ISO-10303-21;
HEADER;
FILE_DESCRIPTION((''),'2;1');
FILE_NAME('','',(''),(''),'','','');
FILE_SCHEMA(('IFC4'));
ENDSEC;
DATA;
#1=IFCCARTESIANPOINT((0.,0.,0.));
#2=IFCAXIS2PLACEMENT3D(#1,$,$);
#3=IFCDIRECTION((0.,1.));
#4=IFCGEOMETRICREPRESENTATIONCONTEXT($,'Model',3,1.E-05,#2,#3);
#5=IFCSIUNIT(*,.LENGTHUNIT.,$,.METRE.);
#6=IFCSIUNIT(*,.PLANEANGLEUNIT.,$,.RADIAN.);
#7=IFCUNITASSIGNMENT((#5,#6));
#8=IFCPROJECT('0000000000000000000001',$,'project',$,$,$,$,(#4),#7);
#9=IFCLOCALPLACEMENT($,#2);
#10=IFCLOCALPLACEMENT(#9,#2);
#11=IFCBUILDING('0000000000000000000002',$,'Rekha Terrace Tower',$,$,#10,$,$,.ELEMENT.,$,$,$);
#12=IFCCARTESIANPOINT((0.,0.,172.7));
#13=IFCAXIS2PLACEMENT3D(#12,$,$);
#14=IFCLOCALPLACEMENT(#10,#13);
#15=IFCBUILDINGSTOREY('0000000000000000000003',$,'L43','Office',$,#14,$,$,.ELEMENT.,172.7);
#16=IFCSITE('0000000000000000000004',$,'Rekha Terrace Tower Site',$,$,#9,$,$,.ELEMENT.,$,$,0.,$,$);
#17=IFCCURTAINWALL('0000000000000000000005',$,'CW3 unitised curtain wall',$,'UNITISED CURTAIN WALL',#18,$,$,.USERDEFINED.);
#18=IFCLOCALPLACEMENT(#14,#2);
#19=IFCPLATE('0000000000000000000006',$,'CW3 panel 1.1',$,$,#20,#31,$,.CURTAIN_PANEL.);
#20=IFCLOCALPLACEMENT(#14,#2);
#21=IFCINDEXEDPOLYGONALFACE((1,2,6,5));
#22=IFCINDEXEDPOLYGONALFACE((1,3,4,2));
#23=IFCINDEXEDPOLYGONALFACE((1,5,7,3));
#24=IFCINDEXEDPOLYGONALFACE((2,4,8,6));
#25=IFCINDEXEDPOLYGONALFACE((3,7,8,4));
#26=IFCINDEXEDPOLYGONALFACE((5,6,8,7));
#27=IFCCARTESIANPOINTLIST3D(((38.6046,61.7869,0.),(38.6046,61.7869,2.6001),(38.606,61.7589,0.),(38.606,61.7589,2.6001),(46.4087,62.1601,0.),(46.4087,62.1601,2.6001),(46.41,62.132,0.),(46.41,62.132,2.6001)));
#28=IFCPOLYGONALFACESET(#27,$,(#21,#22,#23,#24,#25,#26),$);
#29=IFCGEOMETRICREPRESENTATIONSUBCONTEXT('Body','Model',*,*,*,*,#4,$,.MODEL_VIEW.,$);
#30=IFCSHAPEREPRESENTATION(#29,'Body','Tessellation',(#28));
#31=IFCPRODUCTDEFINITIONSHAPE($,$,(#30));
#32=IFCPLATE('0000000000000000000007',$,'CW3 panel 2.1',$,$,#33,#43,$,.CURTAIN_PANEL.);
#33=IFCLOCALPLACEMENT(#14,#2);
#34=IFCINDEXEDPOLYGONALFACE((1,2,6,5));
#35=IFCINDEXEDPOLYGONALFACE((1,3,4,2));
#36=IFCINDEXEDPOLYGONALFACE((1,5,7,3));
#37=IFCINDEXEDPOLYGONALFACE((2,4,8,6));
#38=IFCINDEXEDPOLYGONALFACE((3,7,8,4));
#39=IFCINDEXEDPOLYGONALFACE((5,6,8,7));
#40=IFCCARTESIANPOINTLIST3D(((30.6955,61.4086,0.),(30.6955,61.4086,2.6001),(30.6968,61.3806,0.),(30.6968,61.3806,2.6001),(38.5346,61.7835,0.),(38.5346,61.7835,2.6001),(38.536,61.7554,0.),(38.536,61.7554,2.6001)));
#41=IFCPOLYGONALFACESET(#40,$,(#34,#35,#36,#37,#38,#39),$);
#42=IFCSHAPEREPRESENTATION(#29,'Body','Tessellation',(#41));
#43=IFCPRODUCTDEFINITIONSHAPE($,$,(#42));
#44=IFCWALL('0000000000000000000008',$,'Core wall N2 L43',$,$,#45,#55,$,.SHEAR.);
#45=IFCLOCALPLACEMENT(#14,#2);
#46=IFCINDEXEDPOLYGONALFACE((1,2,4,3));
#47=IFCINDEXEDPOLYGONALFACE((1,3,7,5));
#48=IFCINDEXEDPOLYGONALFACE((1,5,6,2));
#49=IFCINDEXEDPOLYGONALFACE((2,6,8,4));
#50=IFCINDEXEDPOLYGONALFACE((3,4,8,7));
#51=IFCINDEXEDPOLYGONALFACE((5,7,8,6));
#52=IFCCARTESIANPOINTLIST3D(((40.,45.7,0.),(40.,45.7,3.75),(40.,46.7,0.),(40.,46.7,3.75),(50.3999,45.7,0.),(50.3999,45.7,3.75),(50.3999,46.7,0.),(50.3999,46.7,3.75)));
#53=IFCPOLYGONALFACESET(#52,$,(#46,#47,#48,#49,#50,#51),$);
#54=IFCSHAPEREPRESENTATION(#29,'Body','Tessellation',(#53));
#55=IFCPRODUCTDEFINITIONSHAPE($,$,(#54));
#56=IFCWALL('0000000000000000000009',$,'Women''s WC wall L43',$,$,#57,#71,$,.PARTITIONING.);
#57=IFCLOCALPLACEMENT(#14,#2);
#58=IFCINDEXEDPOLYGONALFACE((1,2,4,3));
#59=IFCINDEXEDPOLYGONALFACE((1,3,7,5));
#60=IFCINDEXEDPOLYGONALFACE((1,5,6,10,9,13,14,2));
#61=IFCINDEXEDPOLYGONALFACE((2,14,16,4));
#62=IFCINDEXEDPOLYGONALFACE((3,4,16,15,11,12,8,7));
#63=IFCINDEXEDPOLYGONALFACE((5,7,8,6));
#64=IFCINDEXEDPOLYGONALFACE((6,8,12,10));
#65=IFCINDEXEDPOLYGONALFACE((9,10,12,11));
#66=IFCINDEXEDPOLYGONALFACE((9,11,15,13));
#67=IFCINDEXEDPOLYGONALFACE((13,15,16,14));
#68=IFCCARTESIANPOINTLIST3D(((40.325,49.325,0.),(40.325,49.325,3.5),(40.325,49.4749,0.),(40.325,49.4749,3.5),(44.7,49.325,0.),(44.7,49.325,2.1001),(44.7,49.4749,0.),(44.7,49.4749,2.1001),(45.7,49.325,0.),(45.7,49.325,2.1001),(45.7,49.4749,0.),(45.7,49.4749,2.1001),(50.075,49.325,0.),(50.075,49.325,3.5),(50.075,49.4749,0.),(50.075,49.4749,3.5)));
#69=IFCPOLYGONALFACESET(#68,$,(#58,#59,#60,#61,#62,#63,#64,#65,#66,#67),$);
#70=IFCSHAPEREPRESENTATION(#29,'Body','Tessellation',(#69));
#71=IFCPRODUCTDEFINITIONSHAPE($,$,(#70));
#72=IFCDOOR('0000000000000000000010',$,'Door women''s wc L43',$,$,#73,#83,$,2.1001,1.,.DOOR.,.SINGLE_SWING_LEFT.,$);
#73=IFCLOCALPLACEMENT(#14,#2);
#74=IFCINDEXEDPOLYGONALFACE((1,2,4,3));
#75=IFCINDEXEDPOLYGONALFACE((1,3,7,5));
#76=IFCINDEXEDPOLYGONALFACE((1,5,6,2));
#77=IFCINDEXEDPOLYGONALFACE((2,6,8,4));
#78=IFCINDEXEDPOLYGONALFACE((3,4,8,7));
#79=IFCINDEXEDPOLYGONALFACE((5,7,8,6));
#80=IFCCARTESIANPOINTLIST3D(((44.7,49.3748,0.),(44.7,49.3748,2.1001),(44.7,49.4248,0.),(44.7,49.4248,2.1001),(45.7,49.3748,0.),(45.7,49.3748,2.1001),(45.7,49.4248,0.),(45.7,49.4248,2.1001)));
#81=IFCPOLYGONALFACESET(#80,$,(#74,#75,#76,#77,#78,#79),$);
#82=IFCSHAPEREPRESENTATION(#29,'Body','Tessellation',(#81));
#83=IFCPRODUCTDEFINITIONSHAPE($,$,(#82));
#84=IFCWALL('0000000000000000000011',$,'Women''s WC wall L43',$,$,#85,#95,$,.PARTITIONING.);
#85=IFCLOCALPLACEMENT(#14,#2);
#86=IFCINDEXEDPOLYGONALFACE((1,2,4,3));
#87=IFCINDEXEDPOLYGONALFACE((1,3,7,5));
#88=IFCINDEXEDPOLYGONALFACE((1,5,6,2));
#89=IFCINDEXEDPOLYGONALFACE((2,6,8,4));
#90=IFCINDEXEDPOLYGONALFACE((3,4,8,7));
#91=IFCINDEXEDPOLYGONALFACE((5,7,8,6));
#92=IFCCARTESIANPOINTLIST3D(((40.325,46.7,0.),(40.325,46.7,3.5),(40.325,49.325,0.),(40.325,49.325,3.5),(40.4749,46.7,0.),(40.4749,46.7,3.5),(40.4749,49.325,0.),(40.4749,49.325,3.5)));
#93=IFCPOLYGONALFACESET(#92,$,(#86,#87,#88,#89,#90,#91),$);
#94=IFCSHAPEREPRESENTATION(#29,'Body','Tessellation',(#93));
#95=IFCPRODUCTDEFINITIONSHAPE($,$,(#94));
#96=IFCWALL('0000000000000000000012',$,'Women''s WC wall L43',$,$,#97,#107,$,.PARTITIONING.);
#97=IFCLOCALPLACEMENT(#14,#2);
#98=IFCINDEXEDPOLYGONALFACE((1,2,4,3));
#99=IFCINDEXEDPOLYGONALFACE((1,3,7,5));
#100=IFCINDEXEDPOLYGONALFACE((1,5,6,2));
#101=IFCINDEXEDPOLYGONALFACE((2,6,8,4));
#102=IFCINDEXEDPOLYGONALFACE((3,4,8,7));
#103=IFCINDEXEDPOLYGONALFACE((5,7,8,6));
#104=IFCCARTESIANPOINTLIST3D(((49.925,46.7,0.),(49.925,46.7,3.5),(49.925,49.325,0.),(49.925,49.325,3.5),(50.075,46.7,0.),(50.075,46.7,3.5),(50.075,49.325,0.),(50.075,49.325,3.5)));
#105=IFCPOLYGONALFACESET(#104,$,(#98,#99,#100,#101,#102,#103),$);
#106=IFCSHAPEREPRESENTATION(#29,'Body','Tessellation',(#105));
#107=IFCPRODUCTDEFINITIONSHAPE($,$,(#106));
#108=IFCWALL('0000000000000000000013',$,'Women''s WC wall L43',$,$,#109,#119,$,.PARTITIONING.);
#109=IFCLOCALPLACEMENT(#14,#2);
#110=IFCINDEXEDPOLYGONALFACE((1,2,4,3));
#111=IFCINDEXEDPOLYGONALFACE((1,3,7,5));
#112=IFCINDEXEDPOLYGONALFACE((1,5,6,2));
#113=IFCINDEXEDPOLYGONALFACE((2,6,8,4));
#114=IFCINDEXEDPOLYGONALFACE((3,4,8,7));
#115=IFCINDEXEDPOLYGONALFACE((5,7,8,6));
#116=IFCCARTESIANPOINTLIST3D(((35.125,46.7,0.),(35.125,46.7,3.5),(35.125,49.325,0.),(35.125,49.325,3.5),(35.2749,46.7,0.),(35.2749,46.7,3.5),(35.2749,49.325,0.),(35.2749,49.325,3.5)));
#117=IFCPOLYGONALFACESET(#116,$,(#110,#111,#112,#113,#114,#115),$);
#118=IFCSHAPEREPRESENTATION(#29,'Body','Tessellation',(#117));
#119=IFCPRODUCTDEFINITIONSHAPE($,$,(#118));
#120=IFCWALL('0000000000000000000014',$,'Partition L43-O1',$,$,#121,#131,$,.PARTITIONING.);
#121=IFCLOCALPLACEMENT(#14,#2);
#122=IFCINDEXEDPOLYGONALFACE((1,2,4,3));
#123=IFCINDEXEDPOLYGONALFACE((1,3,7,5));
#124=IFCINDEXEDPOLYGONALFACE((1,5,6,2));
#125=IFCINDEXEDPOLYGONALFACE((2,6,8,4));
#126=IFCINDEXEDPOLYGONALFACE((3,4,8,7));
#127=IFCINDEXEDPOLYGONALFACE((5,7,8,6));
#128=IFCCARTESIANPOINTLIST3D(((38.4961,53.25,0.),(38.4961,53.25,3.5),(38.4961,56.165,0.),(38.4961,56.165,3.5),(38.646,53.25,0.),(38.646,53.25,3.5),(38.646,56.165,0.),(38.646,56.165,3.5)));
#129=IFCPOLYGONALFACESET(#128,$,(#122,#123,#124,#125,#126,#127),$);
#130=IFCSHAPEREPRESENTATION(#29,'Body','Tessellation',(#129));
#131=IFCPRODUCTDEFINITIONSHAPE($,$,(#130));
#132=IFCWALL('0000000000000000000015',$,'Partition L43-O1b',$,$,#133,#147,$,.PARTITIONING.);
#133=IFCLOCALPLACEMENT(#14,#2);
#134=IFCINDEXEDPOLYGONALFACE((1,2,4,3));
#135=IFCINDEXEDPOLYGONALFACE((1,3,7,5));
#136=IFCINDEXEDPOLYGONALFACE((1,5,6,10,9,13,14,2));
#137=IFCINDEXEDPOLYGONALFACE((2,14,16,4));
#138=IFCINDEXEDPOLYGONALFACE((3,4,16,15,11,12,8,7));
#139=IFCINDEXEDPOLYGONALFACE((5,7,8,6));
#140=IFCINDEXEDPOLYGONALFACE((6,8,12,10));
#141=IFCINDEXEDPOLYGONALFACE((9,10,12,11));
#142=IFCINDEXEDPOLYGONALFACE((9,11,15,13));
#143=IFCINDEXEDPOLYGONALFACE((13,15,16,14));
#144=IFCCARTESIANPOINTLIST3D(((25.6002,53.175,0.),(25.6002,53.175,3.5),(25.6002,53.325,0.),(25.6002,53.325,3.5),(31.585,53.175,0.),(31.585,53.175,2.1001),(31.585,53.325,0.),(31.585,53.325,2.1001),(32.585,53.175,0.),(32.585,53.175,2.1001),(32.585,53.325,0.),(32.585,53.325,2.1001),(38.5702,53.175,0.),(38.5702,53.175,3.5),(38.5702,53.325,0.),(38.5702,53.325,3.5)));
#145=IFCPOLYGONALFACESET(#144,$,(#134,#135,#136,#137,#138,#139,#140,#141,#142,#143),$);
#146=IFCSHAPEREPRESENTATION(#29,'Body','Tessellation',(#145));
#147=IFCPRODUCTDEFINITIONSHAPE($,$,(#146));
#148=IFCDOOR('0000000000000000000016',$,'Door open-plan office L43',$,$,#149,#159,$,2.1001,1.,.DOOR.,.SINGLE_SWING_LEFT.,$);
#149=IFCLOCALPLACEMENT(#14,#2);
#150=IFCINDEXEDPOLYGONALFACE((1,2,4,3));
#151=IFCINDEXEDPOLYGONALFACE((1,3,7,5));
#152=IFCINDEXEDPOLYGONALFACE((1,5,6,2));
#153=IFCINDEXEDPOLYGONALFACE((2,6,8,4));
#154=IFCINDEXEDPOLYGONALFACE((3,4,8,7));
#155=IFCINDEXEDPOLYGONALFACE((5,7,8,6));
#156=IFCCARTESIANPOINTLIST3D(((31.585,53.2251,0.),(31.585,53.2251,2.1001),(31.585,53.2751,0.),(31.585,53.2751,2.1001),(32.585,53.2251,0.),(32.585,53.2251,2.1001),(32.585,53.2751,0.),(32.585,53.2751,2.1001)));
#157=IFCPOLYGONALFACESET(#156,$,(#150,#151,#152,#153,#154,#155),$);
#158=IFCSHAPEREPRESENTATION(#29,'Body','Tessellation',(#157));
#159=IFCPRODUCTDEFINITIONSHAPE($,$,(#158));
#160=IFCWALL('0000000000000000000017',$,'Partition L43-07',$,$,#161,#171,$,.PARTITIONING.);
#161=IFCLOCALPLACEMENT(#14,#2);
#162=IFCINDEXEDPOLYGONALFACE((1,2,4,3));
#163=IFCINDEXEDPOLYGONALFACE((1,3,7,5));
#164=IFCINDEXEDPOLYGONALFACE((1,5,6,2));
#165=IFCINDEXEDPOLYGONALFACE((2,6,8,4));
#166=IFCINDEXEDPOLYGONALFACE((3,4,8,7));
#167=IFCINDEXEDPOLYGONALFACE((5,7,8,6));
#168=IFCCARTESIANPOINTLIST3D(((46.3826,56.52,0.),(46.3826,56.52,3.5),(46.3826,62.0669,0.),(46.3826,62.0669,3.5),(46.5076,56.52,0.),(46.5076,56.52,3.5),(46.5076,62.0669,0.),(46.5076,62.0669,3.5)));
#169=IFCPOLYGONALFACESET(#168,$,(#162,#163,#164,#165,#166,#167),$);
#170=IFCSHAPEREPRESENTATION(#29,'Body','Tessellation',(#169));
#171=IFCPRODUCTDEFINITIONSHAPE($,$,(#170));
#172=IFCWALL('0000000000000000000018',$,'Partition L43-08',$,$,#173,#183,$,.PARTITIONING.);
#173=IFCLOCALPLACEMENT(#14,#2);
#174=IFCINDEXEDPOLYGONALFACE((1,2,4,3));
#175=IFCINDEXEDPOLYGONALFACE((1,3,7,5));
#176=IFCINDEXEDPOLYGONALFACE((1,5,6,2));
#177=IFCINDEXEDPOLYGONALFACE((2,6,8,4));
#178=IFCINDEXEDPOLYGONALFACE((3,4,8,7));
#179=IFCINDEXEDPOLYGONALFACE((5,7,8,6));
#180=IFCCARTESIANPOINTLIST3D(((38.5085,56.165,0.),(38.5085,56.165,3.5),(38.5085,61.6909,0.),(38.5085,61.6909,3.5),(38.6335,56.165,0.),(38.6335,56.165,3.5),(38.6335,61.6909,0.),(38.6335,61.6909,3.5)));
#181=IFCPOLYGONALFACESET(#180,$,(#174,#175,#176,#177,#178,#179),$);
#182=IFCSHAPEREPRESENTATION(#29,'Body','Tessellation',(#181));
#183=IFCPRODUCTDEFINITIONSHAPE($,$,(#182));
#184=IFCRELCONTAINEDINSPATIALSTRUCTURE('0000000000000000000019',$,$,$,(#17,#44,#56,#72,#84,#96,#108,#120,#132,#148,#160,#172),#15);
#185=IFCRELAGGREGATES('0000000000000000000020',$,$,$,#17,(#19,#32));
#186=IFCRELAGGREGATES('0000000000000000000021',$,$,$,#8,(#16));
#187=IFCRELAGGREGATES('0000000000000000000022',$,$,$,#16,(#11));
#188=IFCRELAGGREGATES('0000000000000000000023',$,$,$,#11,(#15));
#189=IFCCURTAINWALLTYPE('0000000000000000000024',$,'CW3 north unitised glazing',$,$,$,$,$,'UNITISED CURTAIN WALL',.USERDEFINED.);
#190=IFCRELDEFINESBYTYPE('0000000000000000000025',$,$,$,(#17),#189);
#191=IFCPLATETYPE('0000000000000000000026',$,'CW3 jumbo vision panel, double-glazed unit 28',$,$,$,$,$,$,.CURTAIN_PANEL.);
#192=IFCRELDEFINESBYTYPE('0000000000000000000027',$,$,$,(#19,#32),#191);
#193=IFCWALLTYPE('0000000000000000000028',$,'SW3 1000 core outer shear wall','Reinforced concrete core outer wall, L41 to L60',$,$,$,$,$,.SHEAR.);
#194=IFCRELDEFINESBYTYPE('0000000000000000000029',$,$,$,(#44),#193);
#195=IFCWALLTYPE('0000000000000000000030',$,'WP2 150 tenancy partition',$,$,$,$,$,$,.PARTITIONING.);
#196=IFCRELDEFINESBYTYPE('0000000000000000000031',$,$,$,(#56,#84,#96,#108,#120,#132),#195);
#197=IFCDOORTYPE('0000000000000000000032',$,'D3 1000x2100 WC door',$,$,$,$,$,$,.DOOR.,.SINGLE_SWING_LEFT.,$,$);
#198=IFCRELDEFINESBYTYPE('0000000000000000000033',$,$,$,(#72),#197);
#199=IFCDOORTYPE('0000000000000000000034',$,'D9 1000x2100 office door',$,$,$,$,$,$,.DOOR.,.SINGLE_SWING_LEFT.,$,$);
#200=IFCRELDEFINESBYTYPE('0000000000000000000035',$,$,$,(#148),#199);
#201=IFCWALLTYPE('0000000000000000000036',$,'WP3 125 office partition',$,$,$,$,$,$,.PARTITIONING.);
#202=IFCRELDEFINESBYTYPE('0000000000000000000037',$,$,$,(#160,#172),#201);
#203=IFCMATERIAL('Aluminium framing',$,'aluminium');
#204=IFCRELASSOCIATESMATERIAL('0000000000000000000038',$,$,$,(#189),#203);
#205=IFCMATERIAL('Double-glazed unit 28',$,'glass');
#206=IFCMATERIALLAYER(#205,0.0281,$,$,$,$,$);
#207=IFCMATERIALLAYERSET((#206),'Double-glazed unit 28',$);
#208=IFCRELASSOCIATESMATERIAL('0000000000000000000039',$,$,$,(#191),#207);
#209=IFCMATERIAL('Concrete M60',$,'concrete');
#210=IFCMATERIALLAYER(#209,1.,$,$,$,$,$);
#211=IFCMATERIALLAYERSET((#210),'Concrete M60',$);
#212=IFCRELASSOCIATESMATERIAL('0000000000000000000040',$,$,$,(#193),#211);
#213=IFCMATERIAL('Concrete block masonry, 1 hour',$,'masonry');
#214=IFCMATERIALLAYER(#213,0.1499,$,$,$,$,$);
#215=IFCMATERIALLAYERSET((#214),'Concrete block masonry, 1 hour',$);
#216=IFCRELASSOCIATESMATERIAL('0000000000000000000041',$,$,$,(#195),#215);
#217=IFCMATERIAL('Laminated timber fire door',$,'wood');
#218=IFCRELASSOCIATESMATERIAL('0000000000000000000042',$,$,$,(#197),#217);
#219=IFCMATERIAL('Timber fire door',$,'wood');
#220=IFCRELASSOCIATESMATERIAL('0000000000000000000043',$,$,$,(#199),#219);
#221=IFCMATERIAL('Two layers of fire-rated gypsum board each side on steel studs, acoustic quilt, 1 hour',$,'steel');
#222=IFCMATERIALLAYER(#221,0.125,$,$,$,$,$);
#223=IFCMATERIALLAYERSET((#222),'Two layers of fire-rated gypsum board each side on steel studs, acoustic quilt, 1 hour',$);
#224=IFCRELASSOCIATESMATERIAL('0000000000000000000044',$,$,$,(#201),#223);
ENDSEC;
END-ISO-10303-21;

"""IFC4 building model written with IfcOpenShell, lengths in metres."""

from ifc_helpers import new_model, si_unit, direction, frame, frame_2d, origin, origin_2d, place, context, subcontext, project, spatial, rectangle, extrude, material, layer, layer_set, type_object, element, fill, aggregate, save


model = new_model("IFC4")

# Units and contexts
model_context = context("Model", 3, precision=1e-05, world=origin(), true_north=direction((0.0, 1.0)))
body_context = subcontext(model_context, "Body", "Model", "MODEL_VIEW")
ifc_project = project(units=[si_unit("LENGTHUNIT", "METRE"), si_unit("PLANEANGLEUNIT", "RADIAN")], contexts=[model_context])

# Site, building, storey
site_placement = place(None, origin())
site = spatial("IfcSite", under=ifc_project, at=site_placement, Name="Rekha Terrace Tower Site", CompositionType="ELEMENT", RefElevation=0.0)
building_placement = place(site_placement, origin())
building = spatial("IfcBuilding", under=site, at=building_placement, Name="Rekha Terrace Tower", CompositionType="ELEMENT")
storey_placement = place(building_placement, frame((0.0, 0.0, 172.7)))
storey = spatial("IfcBuildingStorey", under=building, at=storey_placement, Name="L43", Description="Office", CompositionType="ELEMENT", Elevation=172.7)

# Curtain wall
ifc_material_1 = material(Name="Aluminium framing", Category="aluminium")
curtain_wall_type = type_object("IfcCurtainWallType", Name="CW3 north unitised glazing", ElementType="UNITISED CURTAIN WALL", PredefinedType="USERDEFINED", material=ifc_material_1)
curtain_wall_1_placement = place(storey_placement, origin())
curtain_wall_1 = element("IfcCurtainWall", 1, at=curtain_wall_1_placement, inside=storey, type_object=curtain_wall_type, Name="CW3 unitised curtain wall", ObjectType="UNITISED CURTAIN WALL", PredefinedType="USERDEFINED")

# Shared definitions
ifc_material_2 = material(Name="Concrete M60", Category="concrete")

# Shared definitions
ifc_material_3 = material(Name="Double-glazed unit 28", Category="glass")
ifc_layer_1 = layer(ifc_material_3, 0.0281)
ifc_layer_set_1 = layer_set([ifc_layer_1], Name="Double-glazed unit 28")
plate_type_1 = type_object("IfcPlateType", Name="CW3 jumbo vision panel, double-glazed unit 28", PredefinedType="CURTAIN_PANEL", material=ifc_layer_set_1)

# Plates
plate_1_placement = place(storey_placement, frame((42.5073, 61.9595, 0.0), z_axis=(0.0, 0.0, 1.0), x_axis=(-0.998859, -0.047759, 0.0)))
plate_1 = element("IfcPlate", 2, at=plate_1_placement, type_object=plate_type_1, Name="CW3 panel 1.1", PredefinedType="CURTAIN_PANEL", context=body_context, shape_type="SweptSolid", body=[
    extrude(rectangle(XDim=7.813, YDim=0.0281, at=origin_2d()), origin(), (0.0, 0.0, 1.0), 2.6001),
])
plate_2_placement = place(storey_placement, frame((34.6157, 61.582, 0.0), z_axis=(0.0, 0.0, 1.0), x_axis=(-0.998859, -0.047759, 0.0)))
plate_2 = element("IfcPlate", 3, at=plate_2_placement, type_object=plate_type_1, Name="CW3 panel 2.1", PredefinedType="CURTAIN_PANEL", context=body_context, shape_type="SweptSolid", body=[
    extrude(rectangle(XDim=7.8481, YDim=0.0281, at=origin_2d()), origin(), (0.0, 0.0, 1.0), 2.6001),
])
aggregate(curtain_wall_1, [plate_1, plate_2])

# Wall
ifc_layer_2 = layer(ifc_material_2, 1.0)
ifc_layer_set_2 = layer_set([ifc_layer_2], Name="Concrete M60")
wall_type_1 = type_object("IfcWallType", Name="SW3 1000 core outer shear wall", Description="Reinforced concrete core outer wall, L41 to L60", PredefinedType="SHEAR", material=ifc_layer_set_2)
wall_1_placement = place(storey_placement, frame((40.0, 46.2, 0.0), z_axis=(0.0, 0.0, 1.0), x_axis=(1.0, 0.0, 0.0)))
element("IfcWall", 4, at=wall_1_placement, inside=storey, type_object=wall_type_1, Name="Core wall N2 L43", PredefinedType="SHEAR", context=body_context, shape_type="SweptSolid", body=[
    extrude(rectangle(XDim=10.3999, YDim=1.0, at=frame_2d((5.2, 0.0))), origin(), (0.0, 0.0, 1.0), 3.75),
])

# Wall, opening, door
ifc_material_4 = material(Name="Concrete block masonry, 1 hour", Category="masonry")
ifc_layer_3 = layer(ifc_material_4, 0.1499)
ifc_layer_set_3 = layer_set([ifc_layer_3], Name="Concrete block masonry, 1 hour")
wall_type_2 = type_object("IfcWallType", Name="WP2 150 tenancy partition", PredefinedType="PARTITIONING", material=ifc_layer_set_3)
wall_2_placement = place(storey_placement, frame((40.325, 49.3999, 0.0), z_axis=(0.0, 0.0, 1.0), x_axis=(1.0, 0.0, 0.0)))
wall_2 = element("IfcWall", 5, at=wall_2_placement, inside=storey, type_object=wall_type_2, Name="Women's WC wall L43", PredefinedType="PARTITIONING", context=body_context, shape_type="SweptSolid", body=[
    extrude(rectangle(XDim=9.75, YDim=0.1499, at=frame_2d((4.875, 0.0))), origin(), (0.0, 0.0, 1.0), 3.5),
])
opening_1_placement = place(wall_2_placement, frame((4.375, 0.0, 0.0)))
opening_1 = element("IfcOpeningElement", 6, at=opening_1_placement, cuts=wall_2, PredefinedType="OPENING", context=body_context, shape_type="SweptSolid", body=[
    extrude(rectangle(XDim=1.0, YDim=2.1001, at=frame_2d((0.5, 1.05))), frame((0.0, 0.085, 0.0), z_axis=(0.0, -1.0, 0.0), x_axis=(1.0, 0.0, 0.0)), (0.0, 0.0, 1.0), 0.1699),
])
ifc_material_5 = material(Name="Laminated timber fire door", Category="wood")
door_type_1 = type_object("IfcDoorType", Name="D3 1000x2100 WC door", OperationType="SINGLE_SWING_LEFT", PredefinedType="DOOR", material=ifc_material_5)
door_1_placement = place(opening_1_placement, origin())
door_1 = element("IfcDoor", 7, at=door_1_placement, inside=storey, type_object=door_type_1, Name="Door women's wc L43", OperationType="SINGLE_SWING_LEFT", OverallHeight=2.1001, OverallWidth=1.0, PredefinedType="DOOR", context=body_context, shape_type="SweptSolid", body=[
    extrude(rectangle(XDim=1.0, YDim=2.1001, at=frame_2d((0.5, 1.05))), frame((0.0, 0.0249, 0.0), z_axis=(0.0, -1.0, 0.0), x_axis=(1.0, 0.0, 0.0)), (0.0, 0.0, 1.0), 0.05),
])
fill(opening_1, door_1)

# Walls
for number, where, z_axis, x_axis, name in (
    (8, (40.3999, 46.7, 0.0), (0.0, 0.0, 1.0), (0.0, 1.0, 0.0), "Women's WC wall L43"),
    (9, (50.0, 46.7, 0.0), (0.0, 0.0, 1.0), (0.0, 1.0, 0.0), "Women's WC wall L43"),
    (10, (35.2, 46.7, 0.0), (0.0, 0.0, 1.0), (0.0, 1.0, 0.0), "Women's WC wall L43"),
):
    element("IfcWall", number, at=place(storey_placement, frame(where, z_axis=z_axis, x_axis=x_axis)), inside=storey, type_object=wall_type_2, Name=name, PredefinedType="PARTITIONING", context=body_context, shape_type="SweptSolid", body=[
        extrude(rectangle(XDim=2.625, YDim=0.1499, at=frame_2d((1.3125, 0.0))), origin(), (0.0, 0.0, 1.0), 3.5),
    ])
wall_3_placement = place(storey_placement, frame((38.571, 53.25, 0.0), z_axis=(0.0, 0.0, 1.0), x_axis=(0.0, 1.0, 0.0)))
element("IfcWall", 11, at=wall_3_placement, inside=storey, type_object=wall_type_2, Name="Partition L43-O1", PredefinedType="PARTITIONING", context=body_context, shape_type="SweptSolid", body=[
    extrude(rectangle(XDim=2.915, YDim=0.1499, at=frame_2d((1.4575, 0.0))), origin(), (0.0, 0.0, 1.0), 3.5),
])

# Wall, opening, door
wall_4_placement = place(storey_placement, frame((38.5701, 53.25, 0.0), z_axis=(0.0, 0.0, 1.0), x_axis=(-1.0, 0.0, 0.0)))
wall_4 = element("IfcWall", 12, at=wall_4_placement, inside=storey, type_object=wall_type_2, Name="Partition L43-O1b", PredefinedType="PARTITIONING", context=body_context, shape_type="SweptSolid", body=[
    extrude(rectangle(XDim=12.97, YDim=0.1499, at=frame_2d((6.4849, 0.0))), origin(), (0.0, 0.0, 1.0), 3.5),
])
opening_2_placement = place(wall_4_placement, frame((5.9851, 0.0, 0.0)))
opening_2 = element("IfcOpeningElement", 13, at=opening_2_placement, cuts=wall_4, PredefinedType="OPENING", context=body_context, shape_type="SweptSolid", body=[
    extrude(rectangle(XDim=1.0, YDim=2.1001, at=frame_2d((0.5, 1.05))), frame((0.0, 0.085, 0.0), z_axis=(0.0, -1.0, 0.0), x_axis=(1.0, 0.0, 0.0)), (0.0, 0.0, 1.0), 0.1699),
])
ifc_material_6 = material(Name="Timber fire door", Category="wood")
door_type_2 = type_object("IfcDoorType", Name="D9 1000x2100 office door", OperationType="SINGLE_SWING_LEFT", PredefinedType="DOOR", material=ifc_material_6)
door_2_placement = place(opening_2_placement, origin())
door_2 = element("IfcDoor", 14, at=door_2_placement, inside=storey, type_object=door_type_2, Name="Door open-plan office L43", OperationType="SINGLE_SWING_LEFT", OverallHeight=2.1001, OverallWidth=1.0, PredefinedType="DOOR", context=body_context, shape_type="SweptSolid", body=[
    extrude(rectangle(XDim=1.0, YDim=2.1001, at=frame_2d((0.5, 1.05))), frame((0.0, 0.0249, 0.0), z_axis=(0.0, -1.0, 0.0), x_axis=(1.0, 0.0, 0.0)), (0.0, 0.0, 1.0), 0.05),
])
fill(opening_2, door_2)

# Walls
ifc_material_7 = material(Name="Two layers of fire-rated gypsum board each side on steel studs, acoustic quilt, 1 hour", Category="steel")
ifc_layer_4 = layer(ifc_material_7, 0.125)
ifc_layer_set_4 = layer_set([ifc_layer_4], Name="Two layers of fire-rated gypsum board each side on steel studs, acoustic quilt, 1 hour")
wall_type_3 = type_object("IfcWallType", Name="WP3 125 office partition", PredefinedType="PARTITIONING", material=ifc_layer_set_4)
wall_5_placement = place(storey_placement, frame((46.4451, 56.52, 0.0), z_axis=(0.0, 0.0, 1.0), x_axis=(0.0, 1.0, 0.0)))
element("IfcWall", 15, at=wall_5_placement, inside=storey, type_object=wall_type_3, Name="Partition L43-07", PredefinedType="PARTITIONING", context=body_context, shape_type="SweptSolid", body=[
    extrude(rectangle(XDim=5.5469, YDim=0.125, at=frame_2d((2.7734, 0.0))), origin(), (0.0, 0.0, 1.0), 3.5),
])
wall_6_placement = place(storey_placement, frame((38.571, 56.165, 0.0), z_axis=(0.0, 0.0, 1.0), x_axis=(0.0, 1.0, 0.0)))
element("IfcWall", 16, at=wall_6_placement, inside=storey, type_object=wall_type_3, Name="Partition L43-08", PredefinedType="PARTITIONING", context=body_context, shape_type="SweptSolid", body=[
    extrude(rectangle(XDim=5.5259, YDim=0.125, at=frame_2d((2.7629, 0.0))), origin(), (0.0, 0.0, 1.0), 3.5),
])

save(model, "model.ifc")
